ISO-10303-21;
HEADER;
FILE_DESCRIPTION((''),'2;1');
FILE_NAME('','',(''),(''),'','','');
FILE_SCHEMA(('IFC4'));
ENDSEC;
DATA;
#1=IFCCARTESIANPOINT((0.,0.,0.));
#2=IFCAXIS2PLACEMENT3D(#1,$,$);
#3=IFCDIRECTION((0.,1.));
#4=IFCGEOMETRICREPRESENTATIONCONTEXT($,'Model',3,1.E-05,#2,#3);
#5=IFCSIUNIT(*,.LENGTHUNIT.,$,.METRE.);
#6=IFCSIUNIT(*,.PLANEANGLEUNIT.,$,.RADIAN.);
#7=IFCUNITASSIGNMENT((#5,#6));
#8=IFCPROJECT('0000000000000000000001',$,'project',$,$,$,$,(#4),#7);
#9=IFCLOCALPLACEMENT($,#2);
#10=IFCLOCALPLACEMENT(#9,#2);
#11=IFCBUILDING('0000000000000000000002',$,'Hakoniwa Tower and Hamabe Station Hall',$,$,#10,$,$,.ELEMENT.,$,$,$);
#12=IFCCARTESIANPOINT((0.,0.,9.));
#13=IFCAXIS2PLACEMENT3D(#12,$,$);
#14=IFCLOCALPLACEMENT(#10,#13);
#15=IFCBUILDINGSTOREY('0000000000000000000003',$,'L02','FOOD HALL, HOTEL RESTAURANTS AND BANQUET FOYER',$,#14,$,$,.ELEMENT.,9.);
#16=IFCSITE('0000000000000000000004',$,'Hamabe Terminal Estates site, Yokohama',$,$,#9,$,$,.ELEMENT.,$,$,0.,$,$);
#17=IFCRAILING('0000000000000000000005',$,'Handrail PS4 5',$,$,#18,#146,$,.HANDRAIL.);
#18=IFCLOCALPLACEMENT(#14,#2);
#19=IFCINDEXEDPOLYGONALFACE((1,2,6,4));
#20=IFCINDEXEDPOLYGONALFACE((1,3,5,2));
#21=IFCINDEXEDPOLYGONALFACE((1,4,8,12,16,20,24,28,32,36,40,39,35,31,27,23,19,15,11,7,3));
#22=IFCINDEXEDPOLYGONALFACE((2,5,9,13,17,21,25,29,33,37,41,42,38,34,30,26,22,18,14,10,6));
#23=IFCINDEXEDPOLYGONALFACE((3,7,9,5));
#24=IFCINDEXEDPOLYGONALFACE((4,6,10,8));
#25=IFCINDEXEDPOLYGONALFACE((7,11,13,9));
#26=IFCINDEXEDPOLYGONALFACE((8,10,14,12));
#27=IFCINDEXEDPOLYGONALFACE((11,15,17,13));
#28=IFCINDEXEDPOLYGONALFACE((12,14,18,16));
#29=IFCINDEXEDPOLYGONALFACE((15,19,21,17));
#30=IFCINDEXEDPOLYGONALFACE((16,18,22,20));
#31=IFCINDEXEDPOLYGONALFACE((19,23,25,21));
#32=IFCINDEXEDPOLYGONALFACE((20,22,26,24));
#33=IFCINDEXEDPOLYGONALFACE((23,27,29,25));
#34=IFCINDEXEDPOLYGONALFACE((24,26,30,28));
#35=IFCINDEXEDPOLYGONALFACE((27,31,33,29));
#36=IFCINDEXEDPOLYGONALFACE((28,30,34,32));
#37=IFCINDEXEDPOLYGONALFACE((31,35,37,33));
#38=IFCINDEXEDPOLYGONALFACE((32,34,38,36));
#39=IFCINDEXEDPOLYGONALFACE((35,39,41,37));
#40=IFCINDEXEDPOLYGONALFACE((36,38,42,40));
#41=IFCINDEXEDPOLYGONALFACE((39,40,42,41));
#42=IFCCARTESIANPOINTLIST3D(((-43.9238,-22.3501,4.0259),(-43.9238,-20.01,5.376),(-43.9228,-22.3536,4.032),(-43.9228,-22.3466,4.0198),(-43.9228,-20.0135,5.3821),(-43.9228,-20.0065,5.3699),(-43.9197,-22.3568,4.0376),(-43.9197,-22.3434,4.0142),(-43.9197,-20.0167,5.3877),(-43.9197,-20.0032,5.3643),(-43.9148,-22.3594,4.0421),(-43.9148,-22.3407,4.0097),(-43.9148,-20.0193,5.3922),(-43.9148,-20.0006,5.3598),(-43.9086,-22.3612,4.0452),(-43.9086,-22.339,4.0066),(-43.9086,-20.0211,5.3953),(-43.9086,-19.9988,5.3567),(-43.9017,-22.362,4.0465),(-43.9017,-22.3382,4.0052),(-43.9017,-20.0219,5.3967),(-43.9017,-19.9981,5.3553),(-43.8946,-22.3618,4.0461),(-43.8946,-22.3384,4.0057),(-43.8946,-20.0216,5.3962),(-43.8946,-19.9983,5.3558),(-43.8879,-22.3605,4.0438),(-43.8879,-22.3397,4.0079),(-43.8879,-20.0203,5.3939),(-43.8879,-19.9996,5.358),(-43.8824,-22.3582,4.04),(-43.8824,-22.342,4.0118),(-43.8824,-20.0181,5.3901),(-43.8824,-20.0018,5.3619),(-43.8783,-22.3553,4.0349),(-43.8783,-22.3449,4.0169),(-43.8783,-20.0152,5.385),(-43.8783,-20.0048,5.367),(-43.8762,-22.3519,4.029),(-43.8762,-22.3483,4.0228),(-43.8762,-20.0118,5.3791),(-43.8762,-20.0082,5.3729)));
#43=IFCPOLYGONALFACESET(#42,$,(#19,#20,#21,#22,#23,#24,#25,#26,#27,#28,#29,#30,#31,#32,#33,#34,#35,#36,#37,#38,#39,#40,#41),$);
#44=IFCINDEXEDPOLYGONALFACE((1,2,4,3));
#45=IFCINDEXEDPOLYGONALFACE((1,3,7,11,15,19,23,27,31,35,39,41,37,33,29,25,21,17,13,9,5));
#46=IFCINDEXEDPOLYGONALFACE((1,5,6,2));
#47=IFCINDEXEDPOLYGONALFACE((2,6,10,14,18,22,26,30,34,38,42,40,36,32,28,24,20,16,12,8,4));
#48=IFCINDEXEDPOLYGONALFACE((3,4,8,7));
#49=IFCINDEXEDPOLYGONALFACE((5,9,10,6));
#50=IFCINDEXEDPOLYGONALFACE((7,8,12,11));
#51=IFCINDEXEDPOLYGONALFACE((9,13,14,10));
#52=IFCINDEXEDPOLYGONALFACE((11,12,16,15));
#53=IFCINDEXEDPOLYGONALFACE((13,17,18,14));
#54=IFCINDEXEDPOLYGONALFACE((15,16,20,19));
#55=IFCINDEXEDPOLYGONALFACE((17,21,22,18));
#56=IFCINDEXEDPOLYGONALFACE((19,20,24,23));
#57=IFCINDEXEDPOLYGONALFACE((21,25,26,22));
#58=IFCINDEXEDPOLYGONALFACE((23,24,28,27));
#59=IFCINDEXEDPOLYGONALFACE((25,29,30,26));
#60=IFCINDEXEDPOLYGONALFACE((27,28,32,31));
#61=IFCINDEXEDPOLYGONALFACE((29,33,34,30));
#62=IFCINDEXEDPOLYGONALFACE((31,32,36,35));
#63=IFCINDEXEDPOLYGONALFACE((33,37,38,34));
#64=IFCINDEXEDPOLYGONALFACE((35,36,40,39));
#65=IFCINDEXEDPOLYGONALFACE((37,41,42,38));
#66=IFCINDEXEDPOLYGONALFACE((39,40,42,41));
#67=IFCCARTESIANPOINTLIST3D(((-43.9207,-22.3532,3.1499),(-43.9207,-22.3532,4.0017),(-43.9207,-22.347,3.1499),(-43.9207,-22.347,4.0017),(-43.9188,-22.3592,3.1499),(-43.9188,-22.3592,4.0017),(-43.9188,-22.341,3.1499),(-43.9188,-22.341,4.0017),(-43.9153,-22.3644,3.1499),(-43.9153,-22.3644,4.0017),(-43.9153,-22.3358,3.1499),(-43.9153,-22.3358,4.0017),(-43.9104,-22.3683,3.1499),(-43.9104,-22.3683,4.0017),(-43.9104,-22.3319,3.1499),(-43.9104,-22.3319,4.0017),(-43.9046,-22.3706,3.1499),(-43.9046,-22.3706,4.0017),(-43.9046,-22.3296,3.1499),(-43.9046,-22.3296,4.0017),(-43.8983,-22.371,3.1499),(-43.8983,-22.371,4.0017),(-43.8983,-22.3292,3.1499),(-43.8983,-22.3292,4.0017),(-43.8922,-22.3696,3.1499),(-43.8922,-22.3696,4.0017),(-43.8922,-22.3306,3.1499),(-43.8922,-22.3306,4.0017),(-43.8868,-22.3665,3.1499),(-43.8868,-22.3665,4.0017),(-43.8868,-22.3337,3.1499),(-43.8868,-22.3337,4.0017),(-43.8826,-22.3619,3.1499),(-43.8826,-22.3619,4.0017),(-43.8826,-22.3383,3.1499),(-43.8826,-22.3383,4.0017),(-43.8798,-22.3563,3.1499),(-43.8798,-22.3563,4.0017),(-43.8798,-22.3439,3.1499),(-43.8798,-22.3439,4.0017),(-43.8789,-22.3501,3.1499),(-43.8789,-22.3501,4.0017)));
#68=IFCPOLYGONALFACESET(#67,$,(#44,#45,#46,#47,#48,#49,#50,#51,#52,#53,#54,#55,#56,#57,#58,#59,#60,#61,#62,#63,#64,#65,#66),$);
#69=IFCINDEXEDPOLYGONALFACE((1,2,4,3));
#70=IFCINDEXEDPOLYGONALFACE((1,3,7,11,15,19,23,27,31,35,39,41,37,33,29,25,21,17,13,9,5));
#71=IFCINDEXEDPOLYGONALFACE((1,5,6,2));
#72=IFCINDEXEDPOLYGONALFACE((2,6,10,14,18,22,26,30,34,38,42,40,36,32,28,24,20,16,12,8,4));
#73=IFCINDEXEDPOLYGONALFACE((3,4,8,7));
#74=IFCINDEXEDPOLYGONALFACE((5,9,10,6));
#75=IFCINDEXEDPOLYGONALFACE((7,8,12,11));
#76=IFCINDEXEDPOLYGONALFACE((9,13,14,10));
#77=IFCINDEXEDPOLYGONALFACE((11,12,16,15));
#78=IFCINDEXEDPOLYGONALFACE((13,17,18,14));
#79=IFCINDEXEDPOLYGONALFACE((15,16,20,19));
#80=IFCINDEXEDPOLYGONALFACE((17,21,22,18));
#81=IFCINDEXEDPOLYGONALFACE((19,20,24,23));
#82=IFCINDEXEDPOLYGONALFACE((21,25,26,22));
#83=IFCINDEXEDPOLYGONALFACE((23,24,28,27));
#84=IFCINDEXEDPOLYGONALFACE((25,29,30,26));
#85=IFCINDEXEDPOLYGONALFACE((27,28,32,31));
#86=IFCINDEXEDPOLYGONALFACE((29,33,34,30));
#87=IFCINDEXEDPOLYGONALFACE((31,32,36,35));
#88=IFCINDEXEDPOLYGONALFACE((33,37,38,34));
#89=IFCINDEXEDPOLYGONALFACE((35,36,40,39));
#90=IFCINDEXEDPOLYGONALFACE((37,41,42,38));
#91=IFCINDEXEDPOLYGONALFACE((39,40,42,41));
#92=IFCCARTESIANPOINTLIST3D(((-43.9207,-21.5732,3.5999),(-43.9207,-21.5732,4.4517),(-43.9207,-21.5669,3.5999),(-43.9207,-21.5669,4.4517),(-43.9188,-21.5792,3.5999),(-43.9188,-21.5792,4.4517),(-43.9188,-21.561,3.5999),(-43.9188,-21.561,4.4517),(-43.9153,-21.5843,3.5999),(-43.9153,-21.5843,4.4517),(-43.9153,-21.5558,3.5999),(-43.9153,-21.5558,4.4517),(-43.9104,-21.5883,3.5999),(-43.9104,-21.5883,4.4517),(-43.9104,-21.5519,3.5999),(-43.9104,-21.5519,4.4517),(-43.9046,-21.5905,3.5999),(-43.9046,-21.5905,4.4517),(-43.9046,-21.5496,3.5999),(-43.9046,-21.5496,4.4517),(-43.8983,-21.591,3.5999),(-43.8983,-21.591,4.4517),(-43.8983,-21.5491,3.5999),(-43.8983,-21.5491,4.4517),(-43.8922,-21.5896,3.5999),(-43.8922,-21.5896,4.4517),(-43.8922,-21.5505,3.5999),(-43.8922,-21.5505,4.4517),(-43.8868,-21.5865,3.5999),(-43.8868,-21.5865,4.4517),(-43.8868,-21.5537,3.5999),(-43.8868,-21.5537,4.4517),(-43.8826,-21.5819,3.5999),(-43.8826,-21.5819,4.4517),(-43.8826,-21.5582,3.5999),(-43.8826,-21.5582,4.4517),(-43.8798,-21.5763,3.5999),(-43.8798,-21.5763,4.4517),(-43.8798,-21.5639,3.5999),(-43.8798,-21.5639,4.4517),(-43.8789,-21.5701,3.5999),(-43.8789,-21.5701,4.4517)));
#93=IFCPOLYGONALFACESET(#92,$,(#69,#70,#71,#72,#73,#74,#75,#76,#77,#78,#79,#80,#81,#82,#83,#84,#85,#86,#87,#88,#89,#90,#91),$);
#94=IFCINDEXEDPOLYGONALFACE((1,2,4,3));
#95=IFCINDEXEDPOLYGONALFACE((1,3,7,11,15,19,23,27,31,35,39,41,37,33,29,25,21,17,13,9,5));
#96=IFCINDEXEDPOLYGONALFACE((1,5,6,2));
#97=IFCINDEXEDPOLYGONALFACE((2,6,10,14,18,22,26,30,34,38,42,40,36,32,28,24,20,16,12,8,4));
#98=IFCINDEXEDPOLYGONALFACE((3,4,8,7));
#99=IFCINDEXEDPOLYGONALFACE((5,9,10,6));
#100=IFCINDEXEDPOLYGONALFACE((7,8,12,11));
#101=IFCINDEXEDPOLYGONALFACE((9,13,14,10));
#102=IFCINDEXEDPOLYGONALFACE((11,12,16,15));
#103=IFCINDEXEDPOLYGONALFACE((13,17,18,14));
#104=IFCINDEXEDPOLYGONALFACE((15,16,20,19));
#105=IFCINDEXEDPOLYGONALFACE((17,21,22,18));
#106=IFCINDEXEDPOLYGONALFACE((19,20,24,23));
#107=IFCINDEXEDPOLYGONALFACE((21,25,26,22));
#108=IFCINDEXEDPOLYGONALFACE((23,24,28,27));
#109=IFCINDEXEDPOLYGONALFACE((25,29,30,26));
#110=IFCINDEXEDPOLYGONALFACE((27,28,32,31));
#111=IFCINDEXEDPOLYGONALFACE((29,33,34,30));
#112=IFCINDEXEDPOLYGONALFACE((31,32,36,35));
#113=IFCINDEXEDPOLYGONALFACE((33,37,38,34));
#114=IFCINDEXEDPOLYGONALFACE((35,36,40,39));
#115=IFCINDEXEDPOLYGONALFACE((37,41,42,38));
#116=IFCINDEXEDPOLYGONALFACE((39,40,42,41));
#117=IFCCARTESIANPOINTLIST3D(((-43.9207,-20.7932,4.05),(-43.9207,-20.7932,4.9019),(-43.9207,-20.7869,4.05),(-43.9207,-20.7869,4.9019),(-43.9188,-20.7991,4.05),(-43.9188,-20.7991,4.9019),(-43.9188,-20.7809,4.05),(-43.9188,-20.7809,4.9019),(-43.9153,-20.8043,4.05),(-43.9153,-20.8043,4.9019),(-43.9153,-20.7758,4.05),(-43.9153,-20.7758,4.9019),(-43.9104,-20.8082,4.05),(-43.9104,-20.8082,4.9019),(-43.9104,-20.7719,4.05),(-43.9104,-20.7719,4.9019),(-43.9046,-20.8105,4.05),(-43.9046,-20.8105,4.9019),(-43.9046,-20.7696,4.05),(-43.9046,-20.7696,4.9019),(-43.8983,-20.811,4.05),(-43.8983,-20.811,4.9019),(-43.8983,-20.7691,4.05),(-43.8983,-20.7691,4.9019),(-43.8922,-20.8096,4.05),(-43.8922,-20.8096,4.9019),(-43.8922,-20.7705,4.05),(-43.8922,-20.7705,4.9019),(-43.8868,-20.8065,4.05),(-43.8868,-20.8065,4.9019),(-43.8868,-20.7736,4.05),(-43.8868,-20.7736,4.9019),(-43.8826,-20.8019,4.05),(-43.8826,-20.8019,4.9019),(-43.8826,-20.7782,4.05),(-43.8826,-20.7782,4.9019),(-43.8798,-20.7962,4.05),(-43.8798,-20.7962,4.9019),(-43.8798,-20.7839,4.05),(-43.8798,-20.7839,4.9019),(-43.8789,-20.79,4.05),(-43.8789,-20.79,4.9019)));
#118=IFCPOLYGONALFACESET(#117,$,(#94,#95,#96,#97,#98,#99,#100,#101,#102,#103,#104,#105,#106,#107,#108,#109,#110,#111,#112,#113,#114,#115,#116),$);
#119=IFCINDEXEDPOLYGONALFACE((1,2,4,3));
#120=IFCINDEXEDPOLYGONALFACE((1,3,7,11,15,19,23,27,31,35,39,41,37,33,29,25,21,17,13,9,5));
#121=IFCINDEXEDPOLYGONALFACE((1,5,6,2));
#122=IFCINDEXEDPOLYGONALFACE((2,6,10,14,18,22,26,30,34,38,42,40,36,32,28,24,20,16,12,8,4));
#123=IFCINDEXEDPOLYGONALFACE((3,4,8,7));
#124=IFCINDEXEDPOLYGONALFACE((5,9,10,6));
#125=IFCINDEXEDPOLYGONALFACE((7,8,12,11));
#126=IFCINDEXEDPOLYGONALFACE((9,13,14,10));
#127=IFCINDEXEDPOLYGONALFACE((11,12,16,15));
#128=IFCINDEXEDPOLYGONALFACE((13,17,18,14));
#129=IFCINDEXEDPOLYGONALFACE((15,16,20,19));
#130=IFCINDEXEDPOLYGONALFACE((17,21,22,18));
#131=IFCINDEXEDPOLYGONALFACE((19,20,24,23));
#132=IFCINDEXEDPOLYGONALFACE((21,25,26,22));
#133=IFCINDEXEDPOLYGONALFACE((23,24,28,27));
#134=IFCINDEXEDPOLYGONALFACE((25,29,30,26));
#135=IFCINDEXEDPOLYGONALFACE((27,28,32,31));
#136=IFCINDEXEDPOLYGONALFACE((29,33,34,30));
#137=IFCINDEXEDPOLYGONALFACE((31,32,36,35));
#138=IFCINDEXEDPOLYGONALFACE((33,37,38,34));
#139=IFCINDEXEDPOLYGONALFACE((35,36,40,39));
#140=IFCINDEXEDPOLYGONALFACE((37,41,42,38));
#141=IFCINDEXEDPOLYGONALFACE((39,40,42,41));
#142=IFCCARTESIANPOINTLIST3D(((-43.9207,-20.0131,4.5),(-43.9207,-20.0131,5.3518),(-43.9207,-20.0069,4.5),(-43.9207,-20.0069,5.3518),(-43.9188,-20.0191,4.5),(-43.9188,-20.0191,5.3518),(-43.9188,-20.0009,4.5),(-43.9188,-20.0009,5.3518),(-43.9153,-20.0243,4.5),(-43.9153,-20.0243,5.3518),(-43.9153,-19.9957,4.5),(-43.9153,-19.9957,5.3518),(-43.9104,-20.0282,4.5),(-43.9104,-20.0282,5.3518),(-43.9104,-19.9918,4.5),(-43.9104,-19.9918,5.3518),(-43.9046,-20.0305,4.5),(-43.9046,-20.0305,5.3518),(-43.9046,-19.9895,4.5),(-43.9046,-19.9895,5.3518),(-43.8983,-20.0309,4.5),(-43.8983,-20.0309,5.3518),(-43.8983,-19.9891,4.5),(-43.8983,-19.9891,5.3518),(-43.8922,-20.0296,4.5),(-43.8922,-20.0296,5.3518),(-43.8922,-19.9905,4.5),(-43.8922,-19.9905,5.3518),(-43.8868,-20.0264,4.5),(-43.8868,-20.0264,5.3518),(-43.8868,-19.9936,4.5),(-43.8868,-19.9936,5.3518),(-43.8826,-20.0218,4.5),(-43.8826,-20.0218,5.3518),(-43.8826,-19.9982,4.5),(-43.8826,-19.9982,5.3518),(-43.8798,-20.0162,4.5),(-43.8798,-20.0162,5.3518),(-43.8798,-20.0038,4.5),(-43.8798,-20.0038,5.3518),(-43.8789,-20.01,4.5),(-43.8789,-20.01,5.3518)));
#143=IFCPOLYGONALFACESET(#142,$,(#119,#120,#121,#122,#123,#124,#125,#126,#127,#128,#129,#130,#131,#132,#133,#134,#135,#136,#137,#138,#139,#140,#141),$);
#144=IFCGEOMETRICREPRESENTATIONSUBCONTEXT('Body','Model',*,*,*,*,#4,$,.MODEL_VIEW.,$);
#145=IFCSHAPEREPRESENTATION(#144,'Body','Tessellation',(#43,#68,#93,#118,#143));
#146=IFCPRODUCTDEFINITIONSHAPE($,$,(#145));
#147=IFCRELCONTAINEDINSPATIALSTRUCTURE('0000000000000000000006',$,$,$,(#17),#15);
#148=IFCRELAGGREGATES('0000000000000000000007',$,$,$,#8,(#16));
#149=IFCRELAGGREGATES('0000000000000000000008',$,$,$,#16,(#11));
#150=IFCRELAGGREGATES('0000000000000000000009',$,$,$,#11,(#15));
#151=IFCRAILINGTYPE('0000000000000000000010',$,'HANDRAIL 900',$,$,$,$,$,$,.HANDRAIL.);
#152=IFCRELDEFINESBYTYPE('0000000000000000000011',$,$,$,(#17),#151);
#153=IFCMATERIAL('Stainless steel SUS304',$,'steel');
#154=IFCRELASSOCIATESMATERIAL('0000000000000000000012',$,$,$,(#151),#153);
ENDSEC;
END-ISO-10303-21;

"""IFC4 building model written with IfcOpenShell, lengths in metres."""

from ifc_helpers import new_model, si_unit, direction, frame, origin, origin_2d, place, context, subcontext, project, spatial, circle, extrude, material, type_object, element, save


model = new_model("IFC4")

# Units and contexts
model_context = context("Model", 3, precision=1e-05, world=origin(), true_north=direction((0.0, 1.0)))
body_context = subcontext(model_context, "Body", "Model", "MODEL_VIEW")
ifc_project = project(units=[si_unit("LENGTHUNIT", "METRE"), si_unit("PLANEANGLEUNIT", "RADIAN")], contexts=[model_context])

# Site, building, storey
site_placement = place(None, origin())
site = spatial("IfcSite", under=ifc_project, at=site_placement, Name="Hamabe Terminal Estates site, Yokohama", CompositionType="ELEMENT", RefElevation=0.0)
building_placement = place(site_placement, origin())
building = spatial("IfcBuilding", under=site, at=building_placement, Name="Hakoniwa Tower and Hamabe Station Hall", CompositionType="ELEMENT")
storey_placement = place(building_placement, frame((0.0, 0.0, 9.0)))
storey = spatial("IfcBuildingStorey", under=building, at=storey_placement, Name="L02", Description="FOOD HALL, HOTEL RESTAURANTS AND BANQUET FOYER", CompositionType="ELEMENT", Elevation=9.0)

# Railing
ifc_material_1 = material(Name="Stainless steel SUS304", Category="steel")
railing_type_1 = type_object("IfcRailingType", Name="HANDRAIL 900", PredefinedType="HANDRAIL", material=ifc_material_1)
for number, where, name in (
    (1, (-43.8999, -22.3501, 3.1499), "Handrail PS4 5"),
):
    element("IfcRailing", number, at=place(storey_placement, frame(where)), inside=storey, type_object=railing_type_1, Name=name, PredefinedType="HANDRAIL", context=body_context, shape_type="SweptSolid", body=[
        extrude(circle(Radius=0.0239, at=origin_2d()), frame((0.0, 0.0, 0.876), z_axis=(0.0, 0.866178, 0.499735), x_axis=(-1.0, 0.0, 0.0)), (0.0, 0.0, 1.0), 2.7017),
        extrude(circle(Radius=0.021, at=origin_2d()), origin(), (0.0, 0.0, 1.0), 0.8518),
        extrude(circle(Radius=0.021, at=origin_2d()), frame((0.0, 0.78, 0.45)), (0.0, 0.0, 1.0), 0.8518),
        extrude(circle(Radius=0.021, at=origin_2d()), frame((0.0, 1.5601, 0.9001)), (0.0, 0.0, 1.0), 0.8518),
        extrude(circle(Radius=0.021, at=origin_2d()), frame((0.0, 2.3401, 1.3501)), (0.0, 0.0, 1.0), 0.8518),
    ])

save(model, "model.ifc")
